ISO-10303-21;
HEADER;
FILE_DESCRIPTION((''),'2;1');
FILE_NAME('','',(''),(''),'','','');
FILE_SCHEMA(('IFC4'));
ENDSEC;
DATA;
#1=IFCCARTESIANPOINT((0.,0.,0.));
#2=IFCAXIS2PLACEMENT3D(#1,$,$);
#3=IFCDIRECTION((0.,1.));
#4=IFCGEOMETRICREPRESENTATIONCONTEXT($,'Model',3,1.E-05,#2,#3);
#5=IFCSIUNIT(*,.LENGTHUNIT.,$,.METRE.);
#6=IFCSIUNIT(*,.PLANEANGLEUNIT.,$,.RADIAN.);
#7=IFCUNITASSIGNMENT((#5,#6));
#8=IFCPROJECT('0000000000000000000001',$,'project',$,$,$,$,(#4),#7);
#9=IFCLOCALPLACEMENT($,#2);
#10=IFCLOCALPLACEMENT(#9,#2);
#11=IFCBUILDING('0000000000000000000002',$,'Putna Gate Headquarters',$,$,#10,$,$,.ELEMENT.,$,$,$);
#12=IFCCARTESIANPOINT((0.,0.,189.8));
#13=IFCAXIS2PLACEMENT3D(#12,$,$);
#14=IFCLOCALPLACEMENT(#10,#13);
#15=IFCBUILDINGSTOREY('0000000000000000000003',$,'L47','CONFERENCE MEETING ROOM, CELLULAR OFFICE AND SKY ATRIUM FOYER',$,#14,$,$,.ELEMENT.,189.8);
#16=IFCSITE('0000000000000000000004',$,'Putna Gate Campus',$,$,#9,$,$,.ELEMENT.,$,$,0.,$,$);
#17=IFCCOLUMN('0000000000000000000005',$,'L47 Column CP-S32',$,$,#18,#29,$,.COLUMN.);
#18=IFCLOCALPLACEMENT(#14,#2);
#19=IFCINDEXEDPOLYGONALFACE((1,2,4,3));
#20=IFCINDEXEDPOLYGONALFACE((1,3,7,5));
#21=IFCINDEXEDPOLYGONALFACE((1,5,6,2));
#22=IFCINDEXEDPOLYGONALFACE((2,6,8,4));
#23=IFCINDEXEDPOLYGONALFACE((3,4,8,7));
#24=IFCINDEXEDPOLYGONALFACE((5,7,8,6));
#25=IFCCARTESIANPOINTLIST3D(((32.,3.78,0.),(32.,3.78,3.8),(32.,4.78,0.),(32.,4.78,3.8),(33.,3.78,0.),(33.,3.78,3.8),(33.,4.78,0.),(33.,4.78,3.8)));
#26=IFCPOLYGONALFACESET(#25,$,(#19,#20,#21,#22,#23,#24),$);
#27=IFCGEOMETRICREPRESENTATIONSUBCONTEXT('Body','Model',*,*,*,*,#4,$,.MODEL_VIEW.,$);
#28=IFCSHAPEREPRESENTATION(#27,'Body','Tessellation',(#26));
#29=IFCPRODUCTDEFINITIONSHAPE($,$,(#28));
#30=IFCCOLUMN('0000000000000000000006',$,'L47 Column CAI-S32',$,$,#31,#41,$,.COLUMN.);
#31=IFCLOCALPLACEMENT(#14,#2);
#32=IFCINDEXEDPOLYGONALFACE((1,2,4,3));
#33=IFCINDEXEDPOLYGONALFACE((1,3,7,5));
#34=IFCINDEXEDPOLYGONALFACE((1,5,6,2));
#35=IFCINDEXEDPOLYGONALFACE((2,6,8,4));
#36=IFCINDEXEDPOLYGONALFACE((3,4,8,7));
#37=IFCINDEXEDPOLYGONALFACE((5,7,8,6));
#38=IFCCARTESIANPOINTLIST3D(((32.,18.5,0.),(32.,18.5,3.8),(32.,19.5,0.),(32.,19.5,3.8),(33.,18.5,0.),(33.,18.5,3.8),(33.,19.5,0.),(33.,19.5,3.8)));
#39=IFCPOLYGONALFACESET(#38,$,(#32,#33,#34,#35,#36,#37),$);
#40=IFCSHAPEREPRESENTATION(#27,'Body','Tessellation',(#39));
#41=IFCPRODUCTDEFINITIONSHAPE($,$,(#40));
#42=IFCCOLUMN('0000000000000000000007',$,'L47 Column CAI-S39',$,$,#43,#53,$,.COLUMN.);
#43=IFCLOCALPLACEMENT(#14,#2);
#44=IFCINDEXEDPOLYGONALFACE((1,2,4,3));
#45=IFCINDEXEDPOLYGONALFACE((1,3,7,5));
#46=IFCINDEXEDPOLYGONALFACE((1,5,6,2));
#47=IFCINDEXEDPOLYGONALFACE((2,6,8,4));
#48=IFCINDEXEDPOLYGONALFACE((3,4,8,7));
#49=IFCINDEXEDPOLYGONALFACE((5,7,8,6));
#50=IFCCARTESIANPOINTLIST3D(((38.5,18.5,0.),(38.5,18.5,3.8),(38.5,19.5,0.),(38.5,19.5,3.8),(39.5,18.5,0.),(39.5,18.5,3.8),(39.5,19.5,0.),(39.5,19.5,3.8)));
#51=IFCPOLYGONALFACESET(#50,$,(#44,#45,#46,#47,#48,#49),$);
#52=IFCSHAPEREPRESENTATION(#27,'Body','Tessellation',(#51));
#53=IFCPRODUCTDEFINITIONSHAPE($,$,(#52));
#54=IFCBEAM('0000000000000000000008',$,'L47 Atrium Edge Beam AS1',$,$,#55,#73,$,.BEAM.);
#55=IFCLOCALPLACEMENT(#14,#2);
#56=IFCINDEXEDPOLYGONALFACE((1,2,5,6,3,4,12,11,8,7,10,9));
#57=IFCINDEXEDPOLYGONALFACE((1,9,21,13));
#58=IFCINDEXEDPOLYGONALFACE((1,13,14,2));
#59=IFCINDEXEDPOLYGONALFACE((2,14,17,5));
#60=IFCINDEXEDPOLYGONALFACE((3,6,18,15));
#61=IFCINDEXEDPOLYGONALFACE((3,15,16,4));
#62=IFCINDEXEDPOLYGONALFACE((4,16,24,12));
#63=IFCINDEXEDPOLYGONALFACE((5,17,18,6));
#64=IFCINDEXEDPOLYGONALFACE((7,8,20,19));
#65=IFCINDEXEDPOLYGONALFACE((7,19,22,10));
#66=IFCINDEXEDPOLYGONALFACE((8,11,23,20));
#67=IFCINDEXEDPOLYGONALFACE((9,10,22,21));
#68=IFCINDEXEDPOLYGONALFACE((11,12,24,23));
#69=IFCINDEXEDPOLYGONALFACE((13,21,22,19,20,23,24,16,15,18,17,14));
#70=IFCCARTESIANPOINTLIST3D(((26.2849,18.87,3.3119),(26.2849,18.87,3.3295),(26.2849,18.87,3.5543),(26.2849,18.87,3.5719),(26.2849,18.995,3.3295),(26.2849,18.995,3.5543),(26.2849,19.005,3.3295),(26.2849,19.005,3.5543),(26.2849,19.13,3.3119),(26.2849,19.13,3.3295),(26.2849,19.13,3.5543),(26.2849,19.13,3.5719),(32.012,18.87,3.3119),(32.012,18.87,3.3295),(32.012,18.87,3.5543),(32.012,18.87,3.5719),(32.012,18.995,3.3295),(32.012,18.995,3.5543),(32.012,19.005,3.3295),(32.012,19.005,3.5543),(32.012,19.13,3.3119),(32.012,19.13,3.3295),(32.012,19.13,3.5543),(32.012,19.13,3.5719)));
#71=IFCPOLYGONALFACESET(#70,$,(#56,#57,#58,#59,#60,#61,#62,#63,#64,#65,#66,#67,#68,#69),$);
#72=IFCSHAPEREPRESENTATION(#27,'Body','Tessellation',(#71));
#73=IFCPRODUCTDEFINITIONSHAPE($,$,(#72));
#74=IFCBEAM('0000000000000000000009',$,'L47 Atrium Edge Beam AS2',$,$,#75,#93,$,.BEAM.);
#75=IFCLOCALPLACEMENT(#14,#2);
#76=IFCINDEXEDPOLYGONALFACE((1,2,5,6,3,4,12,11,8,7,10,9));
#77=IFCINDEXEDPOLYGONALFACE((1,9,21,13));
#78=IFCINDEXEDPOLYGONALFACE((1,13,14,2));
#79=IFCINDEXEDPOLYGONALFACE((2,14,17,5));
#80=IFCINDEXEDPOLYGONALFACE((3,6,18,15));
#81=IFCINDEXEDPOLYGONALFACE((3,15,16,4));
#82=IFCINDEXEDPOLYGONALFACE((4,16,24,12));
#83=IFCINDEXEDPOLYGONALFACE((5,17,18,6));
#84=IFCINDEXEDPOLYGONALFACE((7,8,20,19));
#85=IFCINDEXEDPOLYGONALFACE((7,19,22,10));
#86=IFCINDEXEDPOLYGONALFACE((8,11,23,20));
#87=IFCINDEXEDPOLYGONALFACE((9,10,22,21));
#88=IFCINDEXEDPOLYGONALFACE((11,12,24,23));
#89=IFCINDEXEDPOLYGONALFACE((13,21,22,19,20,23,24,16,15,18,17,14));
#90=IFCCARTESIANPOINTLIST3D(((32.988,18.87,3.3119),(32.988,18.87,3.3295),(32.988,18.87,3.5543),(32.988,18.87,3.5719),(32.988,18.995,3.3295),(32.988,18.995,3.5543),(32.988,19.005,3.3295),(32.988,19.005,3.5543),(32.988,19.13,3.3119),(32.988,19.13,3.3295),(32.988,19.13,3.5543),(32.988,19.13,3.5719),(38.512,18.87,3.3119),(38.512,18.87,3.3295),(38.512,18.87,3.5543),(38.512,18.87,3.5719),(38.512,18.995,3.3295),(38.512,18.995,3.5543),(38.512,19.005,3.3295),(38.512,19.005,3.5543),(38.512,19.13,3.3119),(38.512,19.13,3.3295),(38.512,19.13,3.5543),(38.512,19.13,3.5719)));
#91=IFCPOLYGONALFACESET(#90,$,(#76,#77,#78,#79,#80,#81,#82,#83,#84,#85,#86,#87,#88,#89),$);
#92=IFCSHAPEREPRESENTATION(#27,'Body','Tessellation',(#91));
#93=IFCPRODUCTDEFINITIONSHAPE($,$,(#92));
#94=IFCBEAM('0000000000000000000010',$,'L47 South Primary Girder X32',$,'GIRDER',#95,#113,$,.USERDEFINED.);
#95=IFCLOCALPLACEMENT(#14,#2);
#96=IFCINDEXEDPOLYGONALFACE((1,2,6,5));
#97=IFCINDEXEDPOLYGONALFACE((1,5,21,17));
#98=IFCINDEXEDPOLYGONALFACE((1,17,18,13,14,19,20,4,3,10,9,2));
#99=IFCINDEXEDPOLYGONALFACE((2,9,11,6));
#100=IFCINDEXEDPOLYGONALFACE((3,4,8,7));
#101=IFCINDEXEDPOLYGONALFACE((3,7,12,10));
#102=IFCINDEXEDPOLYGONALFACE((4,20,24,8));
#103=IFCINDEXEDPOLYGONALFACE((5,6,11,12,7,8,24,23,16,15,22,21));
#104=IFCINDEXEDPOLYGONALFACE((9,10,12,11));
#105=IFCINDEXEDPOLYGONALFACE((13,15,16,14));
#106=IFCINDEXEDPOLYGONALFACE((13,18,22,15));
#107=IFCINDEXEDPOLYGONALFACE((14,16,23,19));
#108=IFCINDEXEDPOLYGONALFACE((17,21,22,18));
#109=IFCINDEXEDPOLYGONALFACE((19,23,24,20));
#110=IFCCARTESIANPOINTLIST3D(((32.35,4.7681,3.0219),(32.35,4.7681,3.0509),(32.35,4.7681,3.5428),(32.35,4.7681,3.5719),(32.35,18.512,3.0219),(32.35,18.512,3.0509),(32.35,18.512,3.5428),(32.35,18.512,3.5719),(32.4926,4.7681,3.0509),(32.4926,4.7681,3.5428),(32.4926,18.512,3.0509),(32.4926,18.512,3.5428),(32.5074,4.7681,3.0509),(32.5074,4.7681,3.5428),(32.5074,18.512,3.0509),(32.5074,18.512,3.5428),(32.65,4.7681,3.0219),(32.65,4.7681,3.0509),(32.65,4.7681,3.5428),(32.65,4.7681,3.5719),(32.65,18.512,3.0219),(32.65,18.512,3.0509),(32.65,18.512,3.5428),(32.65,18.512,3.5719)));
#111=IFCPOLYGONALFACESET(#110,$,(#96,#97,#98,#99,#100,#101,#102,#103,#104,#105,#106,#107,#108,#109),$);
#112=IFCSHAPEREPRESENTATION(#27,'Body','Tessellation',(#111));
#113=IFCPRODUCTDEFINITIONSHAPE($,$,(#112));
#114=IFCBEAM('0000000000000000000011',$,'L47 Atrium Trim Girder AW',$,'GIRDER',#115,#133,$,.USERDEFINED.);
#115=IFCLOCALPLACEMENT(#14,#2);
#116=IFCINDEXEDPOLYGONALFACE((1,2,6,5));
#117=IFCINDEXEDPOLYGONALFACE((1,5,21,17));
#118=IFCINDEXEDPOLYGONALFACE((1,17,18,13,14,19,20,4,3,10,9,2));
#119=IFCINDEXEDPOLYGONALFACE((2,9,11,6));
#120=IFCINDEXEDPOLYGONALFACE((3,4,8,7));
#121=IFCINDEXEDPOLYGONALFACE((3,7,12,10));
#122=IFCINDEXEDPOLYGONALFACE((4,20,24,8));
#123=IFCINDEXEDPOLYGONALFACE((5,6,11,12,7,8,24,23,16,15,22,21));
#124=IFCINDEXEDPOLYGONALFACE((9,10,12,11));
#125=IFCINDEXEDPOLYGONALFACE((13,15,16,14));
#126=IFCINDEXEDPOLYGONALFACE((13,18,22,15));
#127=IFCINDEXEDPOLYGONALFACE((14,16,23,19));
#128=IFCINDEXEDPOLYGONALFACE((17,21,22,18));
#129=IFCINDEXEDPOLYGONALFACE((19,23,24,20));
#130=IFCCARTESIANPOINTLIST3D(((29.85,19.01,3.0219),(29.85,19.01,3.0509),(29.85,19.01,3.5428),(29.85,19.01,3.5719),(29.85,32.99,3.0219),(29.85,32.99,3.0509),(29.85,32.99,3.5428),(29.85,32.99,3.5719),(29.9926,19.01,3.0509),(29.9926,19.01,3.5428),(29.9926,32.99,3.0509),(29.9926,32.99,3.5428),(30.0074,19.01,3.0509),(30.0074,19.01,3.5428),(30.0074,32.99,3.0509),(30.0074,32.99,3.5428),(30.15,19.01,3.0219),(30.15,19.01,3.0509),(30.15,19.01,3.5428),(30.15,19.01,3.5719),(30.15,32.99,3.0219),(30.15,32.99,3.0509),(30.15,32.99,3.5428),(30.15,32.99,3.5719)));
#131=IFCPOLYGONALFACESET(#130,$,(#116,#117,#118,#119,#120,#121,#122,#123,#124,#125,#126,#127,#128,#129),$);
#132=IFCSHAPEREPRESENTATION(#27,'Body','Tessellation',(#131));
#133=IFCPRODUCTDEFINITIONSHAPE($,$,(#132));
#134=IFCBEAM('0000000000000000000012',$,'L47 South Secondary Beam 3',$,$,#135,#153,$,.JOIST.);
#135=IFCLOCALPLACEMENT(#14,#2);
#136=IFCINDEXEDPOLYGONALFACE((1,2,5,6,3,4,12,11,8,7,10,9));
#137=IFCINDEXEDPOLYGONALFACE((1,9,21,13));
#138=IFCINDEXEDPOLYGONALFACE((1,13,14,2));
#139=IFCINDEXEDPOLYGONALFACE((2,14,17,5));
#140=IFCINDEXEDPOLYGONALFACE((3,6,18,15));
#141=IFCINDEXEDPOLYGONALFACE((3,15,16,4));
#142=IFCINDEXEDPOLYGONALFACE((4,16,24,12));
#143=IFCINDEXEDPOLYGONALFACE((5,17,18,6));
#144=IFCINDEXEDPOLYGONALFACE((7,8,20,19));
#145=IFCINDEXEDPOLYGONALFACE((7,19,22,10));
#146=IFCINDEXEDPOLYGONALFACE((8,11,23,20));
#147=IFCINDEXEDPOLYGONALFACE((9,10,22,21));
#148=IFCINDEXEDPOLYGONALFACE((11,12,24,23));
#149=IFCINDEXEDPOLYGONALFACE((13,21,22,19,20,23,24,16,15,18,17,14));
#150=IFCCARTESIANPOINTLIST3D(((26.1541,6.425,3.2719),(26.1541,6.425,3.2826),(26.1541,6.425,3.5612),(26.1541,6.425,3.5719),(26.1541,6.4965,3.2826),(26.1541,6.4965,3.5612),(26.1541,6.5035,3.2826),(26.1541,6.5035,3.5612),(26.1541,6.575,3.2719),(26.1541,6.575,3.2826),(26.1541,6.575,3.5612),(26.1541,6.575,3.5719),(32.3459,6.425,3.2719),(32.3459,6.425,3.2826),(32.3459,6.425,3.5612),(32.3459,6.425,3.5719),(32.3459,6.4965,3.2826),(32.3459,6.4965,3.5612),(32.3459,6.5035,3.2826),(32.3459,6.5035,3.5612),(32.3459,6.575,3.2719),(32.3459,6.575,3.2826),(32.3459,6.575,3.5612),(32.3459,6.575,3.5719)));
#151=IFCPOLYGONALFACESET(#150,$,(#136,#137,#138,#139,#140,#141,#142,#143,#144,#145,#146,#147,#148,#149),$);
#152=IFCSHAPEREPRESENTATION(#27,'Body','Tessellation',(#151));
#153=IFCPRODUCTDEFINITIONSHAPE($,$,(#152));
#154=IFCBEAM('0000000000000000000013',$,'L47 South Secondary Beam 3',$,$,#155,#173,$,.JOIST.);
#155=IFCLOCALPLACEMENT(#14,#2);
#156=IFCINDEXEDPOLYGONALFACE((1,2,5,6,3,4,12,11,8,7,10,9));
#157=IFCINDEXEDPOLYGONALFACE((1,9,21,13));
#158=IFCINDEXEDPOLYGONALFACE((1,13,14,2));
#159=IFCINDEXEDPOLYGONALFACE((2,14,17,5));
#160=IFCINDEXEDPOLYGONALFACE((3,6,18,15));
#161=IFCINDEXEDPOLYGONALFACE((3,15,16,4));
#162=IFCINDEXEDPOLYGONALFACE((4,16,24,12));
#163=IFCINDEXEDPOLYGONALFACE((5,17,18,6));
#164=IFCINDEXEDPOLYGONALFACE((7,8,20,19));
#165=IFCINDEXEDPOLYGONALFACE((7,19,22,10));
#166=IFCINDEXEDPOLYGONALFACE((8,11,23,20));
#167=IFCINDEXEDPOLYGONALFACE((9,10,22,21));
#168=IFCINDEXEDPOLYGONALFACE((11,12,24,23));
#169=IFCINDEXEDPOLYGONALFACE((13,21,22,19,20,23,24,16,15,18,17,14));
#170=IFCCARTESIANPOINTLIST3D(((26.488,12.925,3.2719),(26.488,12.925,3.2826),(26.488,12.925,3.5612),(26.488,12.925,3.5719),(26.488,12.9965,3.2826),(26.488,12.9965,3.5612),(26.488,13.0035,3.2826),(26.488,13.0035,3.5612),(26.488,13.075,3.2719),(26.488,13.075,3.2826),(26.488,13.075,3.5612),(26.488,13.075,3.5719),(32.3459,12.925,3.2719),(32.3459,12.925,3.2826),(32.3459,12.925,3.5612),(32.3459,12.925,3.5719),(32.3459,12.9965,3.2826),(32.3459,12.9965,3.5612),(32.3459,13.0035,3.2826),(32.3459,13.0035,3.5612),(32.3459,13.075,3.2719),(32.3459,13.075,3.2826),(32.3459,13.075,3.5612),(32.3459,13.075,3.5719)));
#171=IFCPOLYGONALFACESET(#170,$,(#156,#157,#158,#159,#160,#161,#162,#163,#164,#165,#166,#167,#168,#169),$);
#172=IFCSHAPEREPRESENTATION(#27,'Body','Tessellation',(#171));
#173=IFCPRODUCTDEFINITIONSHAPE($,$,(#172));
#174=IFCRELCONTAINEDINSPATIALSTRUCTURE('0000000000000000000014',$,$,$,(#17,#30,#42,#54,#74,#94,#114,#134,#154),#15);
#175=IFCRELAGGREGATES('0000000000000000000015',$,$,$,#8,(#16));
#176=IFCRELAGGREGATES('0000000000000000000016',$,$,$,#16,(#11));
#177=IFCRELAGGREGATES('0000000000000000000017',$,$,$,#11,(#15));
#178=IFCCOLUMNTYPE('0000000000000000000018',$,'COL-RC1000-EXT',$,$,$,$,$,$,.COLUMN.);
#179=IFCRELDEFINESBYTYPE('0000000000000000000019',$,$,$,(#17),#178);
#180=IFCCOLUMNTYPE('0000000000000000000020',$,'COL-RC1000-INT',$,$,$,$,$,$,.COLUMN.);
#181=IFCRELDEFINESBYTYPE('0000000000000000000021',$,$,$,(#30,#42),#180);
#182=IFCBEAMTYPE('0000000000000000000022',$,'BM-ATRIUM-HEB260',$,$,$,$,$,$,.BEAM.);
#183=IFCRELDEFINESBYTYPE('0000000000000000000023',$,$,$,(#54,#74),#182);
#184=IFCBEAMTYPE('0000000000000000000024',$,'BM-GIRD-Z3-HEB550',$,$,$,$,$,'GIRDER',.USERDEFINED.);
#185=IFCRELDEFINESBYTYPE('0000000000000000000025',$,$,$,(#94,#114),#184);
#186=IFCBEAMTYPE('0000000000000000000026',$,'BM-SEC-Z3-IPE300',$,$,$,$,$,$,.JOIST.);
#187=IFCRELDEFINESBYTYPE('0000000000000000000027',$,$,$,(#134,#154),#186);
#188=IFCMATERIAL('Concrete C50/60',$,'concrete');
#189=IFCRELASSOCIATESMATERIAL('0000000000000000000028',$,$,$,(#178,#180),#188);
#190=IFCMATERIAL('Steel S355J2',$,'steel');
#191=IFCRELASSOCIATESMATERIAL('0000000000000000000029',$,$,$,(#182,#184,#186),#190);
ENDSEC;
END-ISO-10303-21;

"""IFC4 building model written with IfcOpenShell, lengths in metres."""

from ifc_helpers import new_model, si_unit, direction, frame, origin, origin_2d, place, context, subcontext, project, spatial, rectangle, i_section, extrude, material, material_profile, profile_set, type_object, element, save


model = new_model("IFC4")

# Units and contexts
model_context = context("Model", 3, precision=1e-05, world=origin(), true_north=direction((0.0, 1.0)))
body_context = subcontext(model_context, "Body", "Model", "MODEL_VIEW")
ifc_project = project(units=[si_unit("LENGTHUNIT", "METRE"), si_unit("PLANEANGLEUNIT", "RADIAN")], contexts=[model_context])

# Site, building, storey
site_placement = place(None, origin())
site = spatial("IfcSite", under=ifc_project, at=site_placement, Name="Putna Gate Campus", CompositionType="ELEMENT", RefElevation=0.0)
building_placement = place(site_placement, origin())
building = spatial("IfcBuilding", under=site, at=building_placement, Name="Putna Gate Headquarters", CompositionType="ELEMENT")
storey_placement = place(building_placement, frame((0.0, 0.0, 189.8)))
storey = spatial("IfcBuildingStorey", under=building, at=storey_placement, Name="L47", Description="CONFERENCE MEETING ROOM, CELLULAR OFFICE AND SKY ATRIUM FOYER", CompositionType="ELEMENT", Elevation=189.8)

# Columns
ifc_material_1 = material(Name="Concrete C50/60", Category="concrete")
ifc_material_profile_1 = material_profile(ifc_material_1, rectangle(XDim=1.0, YDim=1.0, at=origin_2d()), Name="Concrete C50/60")
ifc_profile_set_1 = profile_set([ifc_material_profile_1], Name="Concrete C50/60")
column_type_1 = type_object("IfcColumnType", Name="COL-RC1000-EXT", PredefinedType="COLUMN", material=ifc_profile_set_1)
column_placement = place(storey_placement, frame((32.5, 4.28, 0.0), z_axis=(0.0, 0.0, 1.0), x_axis=(1.0, 0.0, 0.0)))
element("IfcColumn", 1, at=column_placement, inside=storey, type_object=column_type_1, Name="L47 Column CP-S32", PredefinedType="COLUMN", context=body_context, shape_type="SweptSolid", body=[
    extrude(rectangle(XDim=1.0, YDim=1.0, at=origin_2d()), origin(), (0.0, 0.0, 1.0), 3.8),
])
ifc_material_profile_2 = material_profile(ifc_material_1, rectangle(XDim=1.0, YDim=1.0, at=origin_2d()), Name="Concrete C50/60")
ifc_profile_set_2 = profile_set([ifc_material_profile_2], Name="Concrete C50/60")
column_type_2 = type_object("IfcColumnType", Name="COL-RC1000-INT", PredefinedType="COLUMN", material=ifc_profile_set_2)
for number, where, z_axis, x_axis, name in (
    (2, (32.5, 19.0, 0.0), (0.0, 0.0, 1.0), (1.0, 0.0, 0.0), "L47 Column CAI-S32"),
    (3, (39.0, 19.0, 0.0), (0.0, 0.0, 1.0), (1.0, 0.0, 0.0), "L47 Column CAI-S39"),
):
    element("IfcColumn", number, at=place(storey_placement, frame(where, z_axis=z_axis, x_axis=x_axis)), inside=storey, type_object=column_type_2, Name=name, PredefinedType="COLUMN", context=body_context, shape_type="SweptSolid", body=[
        extrude(rectangle(XDim=1.0, YDim=1.0, at=origin_2d()), origin(), (0.0, 0.0, 1.0), 3.8),
    ])

# Beams
ifc_material_2 = material(Name="Steel S355J2", Category="steel")
ifc_material_profile_3 = material_profile(ifc_material_2, i_section(OverallWidth=0.26, OverallDepth=0.26, WebThickness=0.01, FlangeThickness=0.0176, at=origin_2d()), Name="Steel S355J2")
ifc_profile_set_3 = profile_set([ifc_material_profile_3], Name="Steel S355J2")
beam_type_1 = type_object("IfcBeamType", Name="BM-ATRIUM-HEB260", PredefinedType="BEAM", material=ifc_profile_set_3)
beam_1_placement = place(storey_placement, frame((26.2849, 19.0, 3.4419), z_axis=(1.0, 0.0, 0.0), x_axis=(0.0, 1.0, 0.0)))
element("IfcBeam", 4, at=beam_1_placement, inside=storey, type_object=beam_type_1, Name="L47 Atrium Edge Beam AS1", PredefinedType="BEAM", context=body_context, shape_type="SweptSolid", body=[
    extrude(i_section(OverallWidth=0.26, OverallDepth=0.26, WebThickness=0.01, FlangeThickness=0.0176, at=origin_2d()), origin(), (0.0, 0.0, 1.0), 5.7271),
])
beam_2_placement = place(storey_placement, frame((32.988, 19.0, 3.4419), z_axis=(1.0, 0.0, 0.0), x_axis=(0.0, 1.0, 0.0)))
element("IfcBeam", 5, at=beam_2_placement, inside=storey, type_object=beam_type_1, Name="L47 Atrium Edge Beam AS2", PredefinedType="BEAM", context=body_context, shape_type="SweptSolid", body=[
    extrude(i_section(OverallWidth=0.26, OverallDepth=0.26, WebThickness=0.01, FlangeThickness=0.0176, at=origin_2d()), origin(), (0.0, 0.0, 1.0), 5.5239),
])
ifc_material_profile_4 = material_profile(ifc_material_2, i_section(OverallWidth=0.3, OverallDepth=0.55, WebThickness=0.0149, FlangeThickness=0.0291, at=origin_2d()), Name="Steel S355J2")
ifc_profile_set_4 = profile_set([ifc_material_profile_4], Name="Steel S355J2")
beam_type_2 = type_object("IfcBeamType", Name="BM-GIRD-Z3-HEB550", ElementType="GIRDER", PredefinedType="USERDEFINED", material=ifc_profile_set_4)
beam_3_placement = place(storey_placement, frame((32.5, 4.7681, 3.2969), z_axis=(0.0, 1.0, 0.0), x_axis=(-1.0, 0.0, 0.0)))
element("IfcBeam", 6, at=beam_3_placement, inside=storey, type_object=beam_type_2, Name="L47 South Primary Girder X32", ObjectType="GIRDER", PredefinedType="USERDEFINED", context=body_context, shape_type="SweptSolid", body=[
    extrude(i_section(OverallWidth=0.3, OverallDepth=0.55, WebThickness=0.0149, FlangeThickness=0.0291, at=origin_2d()), origin(), (0.0, 0.0, 1.0), 13.7439),
])
beam_4_placement = place(storey_placement, frame((30.0, 19.01, 3.2969), z_axis=(0.0, 1.0, 0.0), x_axis=(-1.0, 0.0, 0.0)))
element("IfcBeam", 7, at=beam_4_placement, inside=storey, type_object=beam_type_2, Name="L47 Atrium Trim Girder AW", ObjectType="GIRDER", PredefinedType="USERDEFINED", context=body_context, shape_type="SweptSolid", body=[
    extrude(i_section(OverallWidth=0.3, OverallDepth=0.55, WebThickness=0.0149, FlangeThickness=0.0291, at=origin_2d()), origin(), (0.0, 0.0, 1.0), 13.98),
])
ifc_material_profile_5 = material_profile(ifc_material_2, i_section(OverallWidth=0.1499, OverallDepth=0.3, WebThickness=0.0071, FlangeThickness=0.0107, at=origin_2d()), Name="Steel S355J2")
ifc_profile_set_5 = profile_set([ifc_material_profile_5], Name="Steel S355J2")
beam_type_3 = type_object("IfcBeamType", Name="BM-SEC-Z3-IPE300", PredefinedType="JOIST", material=ifc_profile_set_5)
beam_5_placement = place(storey_placement, frame((26.1541, 6.5, 3.4219), z_axis=(1.0, 0.0, 0.0), x_axis=(0.0, 1.0, 0.0)))
element("IfcBeam", 8, at=beam_5_placement, inside=storey, type_object=beam_type_3, Name="L47 South Secondary Beam 3", PredefinedType="JOIST", context=body_context, shape_type="SweptSolid", body=[
    extrude(i_section(OverallWidth=0.1499, OverallDepth=0.3, WebThickness=0.0071, FlangeThickness=0.0107, at=origin_2d()), origin(), (0.0, 0.0, 1.0), 6.1919),
])
beam_6_placement = place(storey_placement, frame((26.488, 13.0, 3.4219), z_axis=(1.0, 0.0, 0.0), x_axis=(0.0, 1.0, 0.0)))
element("IfcBeam", 9, at=beam_6_placement, inside=storey, type_object=beam_type_3, Name="L47 South Secondary Beam 3", PredefinedType="JOIST", context=body_context, shape_type="SweptSolid", body=[
    extrude(i_section(OverallWidth=0.1499, OverallDepth=0.3, WebThickness=0.0071, FlangeThickness=0.0107, at=origin_2d()), origin(), (0.0, 0.0, 1.0), 5.8579),
])

save(model, "model.ifc")
